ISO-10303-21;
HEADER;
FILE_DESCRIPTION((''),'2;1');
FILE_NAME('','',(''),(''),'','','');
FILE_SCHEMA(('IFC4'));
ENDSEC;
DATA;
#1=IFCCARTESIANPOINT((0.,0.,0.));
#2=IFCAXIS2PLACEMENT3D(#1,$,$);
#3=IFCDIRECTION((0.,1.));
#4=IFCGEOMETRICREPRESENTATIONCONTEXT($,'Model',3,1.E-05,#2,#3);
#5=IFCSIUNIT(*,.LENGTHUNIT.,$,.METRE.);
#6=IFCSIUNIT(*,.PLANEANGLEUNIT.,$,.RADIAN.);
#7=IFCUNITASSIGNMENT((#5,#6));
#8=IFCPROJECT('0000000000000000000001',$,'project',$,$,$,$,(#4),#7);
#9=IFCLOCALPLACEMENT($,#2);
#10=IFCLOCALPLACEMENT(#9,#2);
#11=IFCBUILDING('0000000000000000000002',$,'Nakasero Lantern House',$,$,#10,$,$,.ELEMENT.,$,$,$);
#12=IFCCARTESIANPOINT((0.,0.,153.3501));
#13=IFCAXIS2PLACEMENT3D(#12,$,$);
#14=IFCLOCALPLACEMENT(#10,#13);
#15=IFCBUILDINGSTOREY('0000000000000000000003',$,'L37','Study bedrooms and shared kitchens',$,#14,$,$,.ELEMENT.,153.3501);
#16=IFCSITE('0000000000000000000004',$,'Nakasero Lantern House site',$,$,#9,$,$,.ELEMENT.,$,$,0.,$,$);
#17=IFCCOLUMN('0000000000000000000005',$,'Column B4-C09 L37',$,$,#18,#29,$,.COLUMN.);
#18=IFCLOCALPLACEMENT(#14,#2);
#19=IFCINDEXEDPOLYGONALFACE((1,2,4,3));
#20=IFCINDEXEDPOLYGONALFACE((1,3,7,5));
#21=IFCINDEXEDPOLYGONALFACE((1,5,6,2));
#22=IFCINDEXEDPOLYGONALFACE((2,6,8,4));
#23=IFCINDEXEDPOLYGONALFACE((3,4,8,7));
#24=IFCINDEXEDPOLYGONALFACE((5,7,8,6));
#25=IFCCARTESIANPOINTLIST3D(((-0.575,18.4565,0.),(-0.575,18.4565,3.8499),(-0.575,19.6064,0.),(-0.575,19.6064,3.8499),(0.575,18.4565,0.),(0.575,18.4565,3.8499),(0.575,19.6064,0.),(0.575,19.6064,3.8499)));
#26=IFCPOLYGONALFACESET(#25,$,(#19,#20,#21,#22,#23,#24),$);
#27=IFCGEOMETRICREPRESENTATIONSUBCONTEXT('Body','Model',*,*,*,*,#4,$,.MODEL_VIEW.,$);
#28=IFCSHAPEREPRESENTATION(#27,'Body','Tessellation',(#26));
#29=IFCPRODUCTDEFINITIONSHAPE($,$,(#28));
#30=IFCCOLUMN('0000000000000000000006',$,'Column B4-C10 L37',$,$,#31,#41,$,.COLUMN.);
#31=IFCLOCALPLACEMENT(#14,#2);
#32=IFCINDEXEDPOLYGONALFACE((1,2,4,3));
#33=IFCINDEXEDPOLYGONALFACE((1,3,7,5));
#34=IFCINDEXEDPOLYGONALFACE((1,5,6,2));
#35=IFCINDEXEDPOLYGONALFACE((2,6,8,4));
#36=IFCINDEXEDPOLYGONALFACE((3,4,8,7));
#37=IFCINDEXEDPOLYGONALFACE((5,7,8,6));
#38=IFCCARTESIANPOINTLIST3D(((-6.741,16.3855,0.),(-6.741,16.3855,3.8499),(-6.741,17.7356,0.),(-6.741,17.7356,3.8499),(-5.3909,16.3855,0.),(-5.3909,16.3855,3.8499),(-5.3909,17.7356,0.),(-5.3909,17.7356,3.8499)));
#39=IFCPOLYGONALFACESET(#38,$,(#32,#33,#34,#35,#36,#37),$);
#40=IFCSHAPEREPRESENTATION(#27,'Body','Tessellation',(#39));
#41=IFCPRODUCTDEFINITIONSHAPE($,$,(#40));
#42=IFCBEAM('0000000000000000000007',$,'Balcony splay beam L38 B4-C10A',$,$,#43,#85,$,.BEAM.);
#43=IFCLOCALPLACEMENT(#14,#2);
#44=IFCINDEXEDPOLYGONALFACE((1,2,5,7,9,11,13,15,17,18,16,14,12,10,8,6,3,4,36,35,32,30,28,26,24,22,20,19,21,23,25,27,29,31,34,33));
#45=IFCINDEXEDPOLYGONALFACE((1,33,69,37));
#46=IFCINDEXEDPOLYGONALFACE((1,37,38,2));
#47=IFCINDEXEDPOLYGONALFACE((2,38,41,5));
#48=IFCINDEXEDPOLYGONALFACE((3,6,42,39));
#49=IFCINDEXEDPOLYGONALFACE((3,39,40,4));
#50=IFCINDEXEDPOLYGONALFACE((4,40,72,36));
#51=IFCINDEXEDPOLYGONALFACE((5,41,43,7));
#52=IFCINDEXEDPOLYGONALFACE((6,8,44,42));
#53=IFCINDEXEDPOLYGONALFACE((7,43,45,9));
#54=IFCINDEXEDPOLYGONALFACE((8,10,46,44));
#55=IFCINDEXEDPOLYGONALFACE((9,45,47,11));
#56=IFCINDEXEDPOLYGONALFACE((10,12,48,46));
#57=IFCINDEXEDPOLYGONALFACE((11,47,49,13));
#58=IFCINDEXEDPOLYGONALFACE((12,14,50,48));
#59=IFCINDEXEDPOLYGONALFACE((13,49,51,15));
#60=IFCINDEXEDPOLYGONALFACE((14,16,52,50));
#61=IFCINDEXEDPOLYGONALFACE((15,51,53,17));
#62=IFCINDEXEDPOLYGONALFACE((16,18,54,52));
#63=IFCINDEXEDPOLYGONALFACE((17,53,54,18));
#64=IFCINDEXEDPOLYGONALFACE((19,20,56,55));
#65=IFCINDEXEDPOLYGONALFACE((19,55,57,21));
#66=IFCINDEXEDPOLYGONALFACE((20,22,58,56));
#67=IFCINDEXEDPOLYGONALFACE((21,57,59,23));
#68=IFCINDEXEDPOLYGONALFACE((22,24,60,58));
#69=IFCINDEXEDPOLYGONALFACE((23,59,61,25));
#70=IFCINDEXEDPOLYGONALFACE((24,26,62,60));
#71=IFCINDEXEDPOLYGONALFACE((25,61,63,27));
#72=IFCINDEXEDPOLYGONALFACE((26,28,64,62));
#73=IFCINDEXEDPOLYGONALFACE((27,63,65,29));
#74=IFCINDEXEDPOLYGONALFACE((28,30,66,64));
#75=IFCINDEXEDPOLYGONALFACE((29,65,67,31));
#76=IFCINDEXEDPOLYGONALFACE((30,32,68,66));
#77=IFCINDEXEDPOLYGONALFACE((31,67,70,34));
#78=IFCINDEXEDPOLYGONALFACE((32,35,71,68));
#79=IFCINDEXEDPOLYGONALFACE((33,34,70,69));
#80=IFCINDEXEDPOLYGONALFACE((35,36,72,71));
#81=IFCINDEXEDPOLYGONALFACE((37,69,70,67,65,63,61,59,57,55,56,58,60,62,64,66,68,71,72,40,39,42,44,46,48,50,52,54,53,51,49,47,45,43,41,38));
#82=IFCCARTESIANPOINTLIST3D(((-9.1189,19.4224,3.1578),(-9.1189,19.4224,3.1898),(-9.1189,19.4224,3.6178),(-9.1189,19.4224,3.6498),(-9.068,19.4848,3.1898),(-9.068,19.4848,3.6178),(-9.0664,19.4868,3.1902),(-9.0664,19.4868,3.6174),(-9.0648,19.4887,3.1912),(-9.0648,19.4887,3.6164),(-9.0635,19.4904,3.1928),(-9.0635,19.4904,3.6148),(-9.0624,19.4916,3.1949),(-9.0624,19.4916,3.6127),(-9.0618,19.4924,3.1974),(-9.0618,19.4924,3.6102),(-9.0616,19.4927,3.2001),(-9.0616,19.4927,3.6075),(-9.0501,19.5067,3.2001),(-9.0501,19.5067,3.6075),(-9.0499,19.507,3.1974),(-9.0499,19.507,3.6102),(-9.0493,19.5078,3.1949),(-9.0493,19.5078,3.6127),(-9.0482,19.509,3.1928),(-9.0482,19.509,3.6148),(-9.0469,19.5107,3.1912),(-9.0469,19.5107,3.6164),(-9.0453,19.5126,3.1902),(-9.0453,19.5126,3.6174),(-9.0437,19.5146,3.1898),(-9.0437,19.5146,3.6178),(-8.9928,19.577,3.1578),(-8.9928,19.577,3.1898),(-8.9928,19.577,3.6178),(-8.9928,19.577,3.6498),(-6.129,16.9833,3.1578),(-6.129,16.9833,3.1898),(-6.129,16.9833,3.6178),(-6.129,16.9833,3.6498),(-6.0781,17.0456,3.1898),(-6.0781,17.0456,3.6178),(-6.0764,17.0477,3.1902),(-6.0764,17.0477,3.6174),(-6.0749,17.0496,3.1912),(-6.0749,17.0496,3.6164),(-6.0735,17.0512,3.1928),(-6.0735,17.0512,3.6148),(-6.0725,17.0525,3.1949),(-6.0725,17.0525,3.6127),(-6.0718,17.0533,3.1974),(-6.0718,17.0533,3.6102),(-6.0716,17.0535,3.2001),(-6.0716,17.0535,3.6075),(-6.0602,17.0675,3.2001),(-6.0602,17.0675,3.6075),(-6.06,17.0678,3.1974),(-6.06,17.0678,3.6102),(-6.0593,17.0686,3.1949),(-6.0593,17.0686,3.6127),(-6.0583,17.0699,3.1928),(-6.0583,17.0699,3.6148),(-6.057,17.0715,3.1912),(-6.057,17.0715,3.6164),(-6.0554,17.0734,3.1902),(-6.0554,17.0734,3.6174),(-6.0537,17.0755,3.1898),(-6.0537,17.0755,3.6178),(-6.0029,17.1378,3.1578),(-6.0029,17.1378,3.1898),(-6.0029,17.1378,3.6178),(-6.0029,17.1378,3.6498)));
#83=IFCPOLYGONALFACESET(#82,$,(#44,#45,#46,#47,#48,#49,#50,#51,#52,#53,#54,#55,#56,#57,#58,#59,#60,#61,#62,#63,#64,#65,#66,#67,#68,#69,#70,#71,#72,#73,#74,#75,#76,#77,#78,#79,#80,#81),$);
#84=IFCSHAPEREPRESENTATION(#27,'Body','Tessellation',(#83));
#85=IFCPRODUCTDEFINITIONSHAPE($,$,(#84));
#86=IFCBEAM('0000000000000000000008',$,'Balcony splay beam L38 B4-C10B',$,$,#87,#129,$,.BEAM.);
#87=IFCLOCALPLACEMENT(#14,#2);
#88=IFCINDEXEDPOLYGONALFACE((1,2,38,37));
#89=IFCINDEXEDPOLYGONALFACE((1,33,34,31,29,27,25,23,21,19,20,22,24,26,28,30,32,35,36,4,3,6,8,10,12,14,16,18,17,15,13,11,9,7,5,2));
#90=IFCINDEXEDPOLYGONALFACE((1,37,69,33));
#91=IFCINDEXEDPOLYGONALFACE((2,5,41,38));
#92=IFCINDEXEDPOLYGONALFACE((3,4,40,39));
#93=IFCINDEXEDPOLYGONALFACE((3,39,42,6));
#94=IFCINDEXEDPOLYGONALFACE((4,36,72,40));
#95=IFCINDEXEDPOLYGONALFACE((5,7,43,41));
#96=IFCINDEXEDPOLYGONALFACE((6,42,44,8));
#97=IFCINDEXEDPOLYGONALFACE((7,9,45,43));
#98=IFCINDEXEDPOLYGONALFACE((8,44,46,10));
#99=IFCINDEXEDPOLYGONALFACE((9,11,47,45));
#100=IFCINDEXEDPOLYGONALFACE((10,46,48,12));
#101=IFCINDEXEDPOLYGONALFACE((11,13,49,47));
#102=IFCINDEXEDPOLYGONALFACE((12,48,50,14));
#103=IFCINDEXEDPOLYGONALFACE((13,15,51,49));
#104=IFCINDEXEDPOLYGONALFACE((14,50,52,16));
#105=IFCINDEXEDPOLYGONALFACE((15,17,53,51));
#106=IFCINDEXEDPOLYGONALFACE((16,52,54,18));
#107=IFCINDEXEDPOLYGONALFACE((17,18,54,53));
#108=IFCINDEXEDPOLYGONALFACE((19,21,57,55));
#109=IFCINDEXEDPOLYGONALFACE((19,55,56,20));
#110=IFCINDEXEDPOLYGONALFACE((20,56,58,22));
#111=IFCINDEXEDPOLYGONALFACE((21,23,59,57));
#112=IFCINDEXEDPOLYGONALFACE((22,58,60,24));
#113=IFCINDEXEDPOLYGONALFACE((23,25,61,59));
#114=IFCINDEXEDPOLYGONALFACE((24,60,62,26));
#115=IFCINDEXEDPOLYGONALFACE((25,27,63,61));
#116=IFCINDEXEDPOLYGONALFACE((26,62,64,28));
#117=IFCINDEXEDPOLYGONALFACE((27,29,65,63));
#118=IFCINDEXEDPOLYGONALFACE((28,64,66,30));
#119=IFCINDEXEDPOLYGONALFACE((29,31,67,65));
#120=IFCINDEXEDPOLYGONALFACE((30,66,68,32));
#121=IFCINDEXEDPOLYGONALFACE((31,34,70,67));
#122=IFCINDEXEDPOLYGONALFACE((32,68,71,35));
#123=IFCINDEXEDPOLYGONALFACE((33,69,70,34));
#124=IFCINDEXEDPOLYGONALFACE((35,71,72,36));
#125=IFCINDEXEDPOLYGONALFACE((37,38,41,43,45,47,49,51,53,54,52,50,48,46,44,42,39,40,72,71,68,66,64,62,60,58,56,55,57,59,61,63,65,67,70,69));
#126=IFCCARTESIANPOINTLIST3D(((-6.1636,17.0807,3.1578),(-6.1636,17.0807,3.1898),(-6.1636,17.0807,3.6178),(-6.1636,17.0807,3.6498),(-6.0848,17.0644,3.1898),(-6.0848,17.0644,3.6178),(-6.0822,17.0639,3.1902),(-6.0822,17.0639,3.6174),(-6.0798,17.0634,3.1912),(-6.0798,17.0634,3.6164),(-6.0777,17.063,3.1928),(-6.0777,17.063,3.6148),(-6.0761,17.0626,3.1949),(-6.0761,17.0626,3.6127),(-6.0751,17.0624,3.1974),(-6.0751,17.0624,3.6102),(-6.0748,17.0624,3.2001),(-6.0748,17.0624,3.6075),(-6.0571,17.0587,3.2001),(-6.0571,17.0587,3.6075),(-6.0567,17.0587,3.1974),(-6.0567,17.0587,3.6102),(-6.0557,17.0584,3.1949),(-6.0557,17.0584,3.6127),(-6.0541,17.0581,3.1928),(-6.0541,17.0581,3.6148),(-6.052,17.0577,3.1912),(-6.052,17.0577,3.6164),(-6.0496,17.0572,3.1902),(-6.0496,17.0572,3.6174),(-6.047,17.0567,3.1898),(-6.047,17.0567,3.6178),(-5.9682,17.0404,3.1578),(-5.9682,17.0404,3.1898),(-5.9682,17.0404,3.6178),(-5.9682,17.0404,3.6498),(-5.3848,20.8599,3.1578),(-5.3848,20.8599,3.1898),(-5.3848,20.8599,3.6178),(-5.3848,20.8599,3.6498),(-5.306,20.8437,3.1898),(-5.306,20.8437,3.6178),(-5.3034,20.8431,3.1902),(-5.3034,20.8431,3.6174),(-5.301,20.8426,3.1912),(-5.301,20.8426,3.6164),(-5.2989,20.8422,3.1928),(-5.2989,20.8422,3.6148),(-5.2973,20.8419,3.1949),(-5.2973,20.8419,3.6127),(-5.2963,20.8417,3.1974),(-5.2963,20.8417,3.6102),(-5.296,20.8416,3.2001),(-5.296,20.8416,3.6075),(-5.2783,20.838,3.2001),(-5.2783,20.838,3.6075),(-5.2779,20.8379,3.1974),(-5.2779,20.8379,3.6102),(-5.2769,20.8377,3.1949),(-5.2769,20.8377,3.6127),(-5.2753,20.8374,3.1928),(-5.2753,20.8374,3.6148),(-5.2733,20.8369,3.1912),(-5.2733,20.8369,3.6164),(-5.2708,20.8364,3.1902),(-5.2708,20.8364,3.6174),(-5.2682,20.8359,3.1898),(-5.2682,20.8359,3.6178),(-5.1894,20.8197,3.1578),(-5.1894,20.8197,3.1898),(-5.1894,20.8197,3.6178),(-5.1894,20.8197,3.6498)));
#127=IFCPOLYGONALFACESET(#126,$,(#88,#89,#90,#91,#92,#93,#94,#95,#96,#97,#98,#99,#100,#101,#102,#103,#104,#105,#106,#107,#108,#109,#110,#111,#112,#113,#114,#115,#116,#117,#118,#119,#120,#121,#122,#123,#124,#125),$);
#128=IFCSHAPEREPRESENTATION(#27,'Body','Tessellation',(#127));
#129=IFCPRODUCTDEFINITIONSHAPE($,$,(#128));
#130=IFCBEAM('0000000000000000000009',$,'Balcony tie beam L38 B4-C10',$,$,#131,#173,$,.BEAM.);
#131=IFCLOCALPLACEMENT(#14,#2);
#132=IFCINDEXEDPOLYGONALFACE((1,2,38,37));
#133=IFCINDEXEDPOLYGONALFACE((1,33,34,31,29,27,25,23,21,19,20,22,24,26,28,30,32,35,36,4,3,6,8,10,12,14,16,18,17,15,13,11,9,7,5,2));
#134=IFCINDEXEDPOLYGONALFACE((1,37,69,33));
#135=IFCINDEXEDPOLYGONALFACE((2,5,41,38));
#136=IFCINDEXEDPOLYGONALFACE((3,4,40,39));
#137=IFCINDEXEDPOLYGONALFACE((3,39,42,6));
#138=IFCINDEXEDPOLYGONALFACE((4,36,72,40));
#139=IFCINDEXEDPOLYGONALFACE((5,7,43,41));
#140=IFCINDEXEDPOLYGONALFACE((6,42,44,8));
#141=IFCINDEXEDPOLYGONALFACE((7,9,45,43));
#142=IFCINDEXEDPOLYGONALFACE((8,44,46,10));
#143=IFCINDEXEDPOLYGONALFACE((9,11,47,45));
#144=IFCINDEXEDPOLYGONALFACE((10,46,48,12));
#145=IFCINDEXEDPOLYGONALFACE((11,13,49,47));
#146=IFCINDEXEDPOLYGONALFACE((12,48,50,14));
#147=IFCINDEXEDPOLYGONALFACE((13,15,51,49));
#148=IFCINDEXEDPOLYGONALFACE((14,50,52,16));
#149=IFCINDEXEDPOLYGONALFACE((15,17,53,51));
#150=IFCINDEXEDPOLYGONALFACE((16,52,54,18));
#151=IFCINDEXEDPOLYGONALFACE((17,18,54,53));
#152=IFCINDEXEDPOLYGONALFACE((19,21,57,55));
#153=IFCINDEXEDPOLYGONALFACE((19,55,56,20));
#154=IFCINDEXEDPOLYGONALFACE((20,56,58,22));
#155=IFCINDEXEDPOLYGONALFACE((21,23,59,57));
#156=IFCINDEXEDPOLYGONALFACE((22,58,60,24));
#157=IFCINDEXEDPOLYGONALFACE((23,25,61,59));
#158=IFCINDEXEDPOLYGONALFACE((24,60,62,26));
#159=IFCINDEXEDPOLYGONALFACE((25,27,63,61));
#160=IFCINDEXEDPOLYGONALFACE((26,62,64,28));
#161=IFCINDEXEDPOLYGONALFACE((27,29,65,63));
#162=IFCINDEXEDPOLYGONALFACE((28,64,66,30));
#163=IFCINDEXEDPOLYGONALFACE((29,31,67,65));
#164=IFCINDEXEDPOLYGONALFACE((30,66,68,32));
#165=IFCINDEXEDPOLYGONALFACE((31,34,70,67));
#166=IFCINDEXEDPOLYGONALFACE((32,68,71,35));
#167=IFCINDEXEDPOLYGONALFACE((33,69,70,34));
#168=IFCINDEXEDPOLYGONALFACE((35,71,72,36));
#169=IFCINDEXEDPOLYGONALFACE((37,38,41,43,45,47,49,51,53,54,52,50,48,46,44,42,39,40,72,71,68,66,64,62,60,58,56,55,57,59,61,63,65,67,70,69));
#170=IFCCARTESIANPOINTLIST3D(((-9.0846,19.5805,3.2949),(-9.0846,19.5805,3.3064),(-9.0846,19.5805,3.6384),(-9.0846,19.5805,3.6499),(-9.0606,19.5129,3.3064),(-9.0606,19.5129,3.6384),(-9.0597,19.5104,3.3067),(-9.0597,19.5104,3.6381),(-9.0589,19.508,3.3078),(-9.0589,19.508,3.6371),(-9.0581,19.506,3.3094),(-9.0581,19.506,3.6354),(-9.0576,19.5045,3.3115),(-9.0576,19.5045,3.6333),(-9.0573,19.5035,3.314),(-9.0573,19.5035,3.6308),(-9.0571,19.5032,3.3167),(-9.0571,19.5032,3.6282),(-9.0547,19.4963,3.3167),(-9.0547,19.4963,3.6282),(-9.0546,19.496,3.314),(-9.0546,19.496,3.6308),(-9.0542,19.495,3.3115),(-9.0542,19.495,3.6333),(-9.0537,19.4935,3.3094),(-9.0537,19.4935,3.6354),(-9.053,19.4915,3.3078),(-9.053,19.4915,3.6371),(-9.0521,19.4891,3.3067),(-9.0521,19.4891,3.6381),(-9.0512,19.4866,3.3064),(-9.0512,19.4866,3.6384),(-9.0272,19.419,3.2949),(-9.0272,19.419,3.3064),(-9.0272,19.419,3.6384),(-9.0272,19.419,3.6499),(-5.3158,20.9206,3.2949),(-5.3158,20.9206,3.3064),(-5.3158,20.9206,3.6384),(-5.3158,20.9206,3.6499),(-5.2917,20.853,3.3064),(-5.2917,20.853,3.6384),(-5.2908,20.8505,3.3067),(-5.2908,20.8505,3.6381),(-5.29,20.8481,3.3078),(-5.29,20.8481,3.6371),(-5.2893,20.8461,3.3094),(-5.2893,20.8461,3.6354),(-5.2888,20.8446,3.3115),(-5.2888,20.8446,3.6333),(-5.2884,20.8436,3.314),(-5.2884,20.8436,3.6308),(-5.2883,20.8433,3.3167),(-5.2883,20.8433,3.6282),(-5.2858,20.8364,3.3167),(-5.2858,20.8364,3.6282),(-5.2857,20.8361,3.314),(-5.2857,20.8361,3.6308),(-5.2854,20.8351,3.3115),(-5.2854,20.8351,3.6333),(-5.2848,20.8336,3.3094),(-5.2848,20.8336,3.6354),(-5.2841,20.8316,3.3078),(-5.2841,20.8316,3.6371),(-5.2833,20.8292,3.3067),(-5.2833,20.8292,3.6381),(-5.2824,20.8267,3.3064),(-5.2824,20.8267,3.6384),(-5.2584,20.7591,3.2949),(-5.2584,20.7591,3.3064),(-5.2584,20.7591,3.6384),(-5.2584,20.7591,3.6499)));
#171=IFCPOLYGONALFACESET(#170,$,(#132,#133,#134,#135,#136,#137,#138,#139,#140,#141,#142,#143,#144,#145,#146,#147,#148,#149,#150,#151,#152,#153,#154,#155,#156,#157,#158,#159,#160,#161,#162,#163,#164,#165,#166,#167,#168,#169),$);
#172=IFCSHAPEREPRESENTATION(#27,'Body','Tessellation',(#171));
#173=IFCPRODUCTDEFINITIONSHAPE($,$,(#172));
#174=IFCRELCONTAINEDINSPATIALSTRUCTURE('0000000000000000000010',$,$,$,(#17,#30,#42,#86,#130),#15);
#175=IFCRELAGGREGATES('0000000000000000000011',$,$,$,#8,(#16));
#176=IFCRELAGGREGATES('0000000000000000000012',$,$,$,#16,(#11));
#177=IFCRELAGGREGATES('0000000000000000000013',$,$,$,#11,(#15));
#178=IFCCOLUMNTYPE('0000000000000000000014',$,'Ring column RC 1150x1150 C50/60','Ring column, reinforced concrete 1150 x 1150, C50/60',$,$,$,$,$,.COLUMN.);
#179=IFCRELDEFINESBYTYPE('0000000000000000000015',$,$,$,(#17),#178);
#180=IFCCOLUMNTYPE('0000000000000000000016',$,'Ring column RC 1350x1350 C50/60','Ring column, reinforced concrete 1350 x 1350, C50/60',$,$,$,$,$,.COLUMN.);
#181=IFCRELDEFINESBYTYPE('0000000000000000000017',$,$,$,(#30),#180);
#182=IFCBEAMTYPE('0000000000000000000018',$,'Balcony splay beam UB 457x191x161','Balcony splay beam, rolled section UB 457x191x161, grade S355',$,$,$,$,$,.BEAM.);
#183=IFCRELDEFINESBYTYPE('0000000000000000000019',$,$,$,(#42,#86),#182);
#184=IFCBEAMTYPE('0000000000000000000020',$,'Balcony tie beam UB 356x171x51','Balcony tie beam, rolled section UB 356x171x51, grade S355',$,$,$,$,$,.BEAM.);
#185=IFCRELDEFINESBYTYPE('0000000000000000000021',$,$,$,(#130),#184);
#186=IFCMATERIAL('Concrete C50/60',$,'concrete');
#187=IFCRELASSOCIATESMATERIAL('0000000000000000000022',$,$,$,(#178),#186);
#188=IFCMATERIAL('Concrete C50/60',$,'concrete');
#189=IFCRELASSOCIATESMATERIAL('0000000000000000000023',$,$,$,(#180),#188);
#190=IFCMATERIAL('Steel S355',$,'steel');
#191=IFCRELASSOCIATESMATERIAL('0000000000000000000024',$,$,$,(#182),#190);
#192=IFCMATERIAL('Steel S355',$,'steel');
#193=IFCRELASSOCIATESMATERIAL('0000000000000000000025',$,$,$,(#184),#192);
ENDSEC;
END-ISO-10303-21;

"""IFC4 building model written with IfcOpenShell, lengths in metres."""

from ifc_helpers import new_model, si_unit, direction, frame, origin, origin_2d, place, context, subcontext, project, spatial, rectangle, i_section, extrude, material, material_profile, profile_set, type_object, element, save


model = new_model("IFC4")

# Units and contexts
model_context = context("Model", 3, precision=1e-05, world=origin(), true_north=direction((0.0, 1.0)))
body_context = subcontext(model_context, "Body", "Model", "MODEL_VIEW")
ifc_project = project(units=[si_unit("LENGTHUNIT", "METRE"), si_unit("PLANEANGLEUNIT", "RADIAN")], contexts=[model_context])

# Site, building, storey
site_placement = place(None, origin())
site = spatial("IfcSite", under=ifc_project, at=site_placement, Name="Nakasero Lantern House site", CompositionType="ELEMENT", RefElevation=0.0)
building_placement = place(site_placement, origin())
building = spatial("IfcBuilding", under=site, at=building_placement, Name="Nakasero Lantern House", CompositionType="ELEMENT")
storey_placement = place(building_placement, frame((0.0, 0.0, 153.3501)))
storey = spatial("IfcBuildingStorey", under=building, at=storey_placement, Name="L37", Description="Study bedrooms and shared kitchens", CompositionType="ELEMENT", Elevation=153.3501)

# Columns
ifc_material_1 = material(Name="Concrete C50/60", Category="concrete")
ifc_material_profile_1 = material_profile(ifc_material_1, rectangle(XDim=1.1499, YDim=1.1499, at=origin_2d()), Name="RC 1150x1150")
ifc_profile_set_1 = profile_set([ifc_material_profile_1], Name="Concrete C50/60")
column_type_1 = type_object("IfcColumnType", Name="Ring column RC 1150x1150 C50/60", Description="Ring column, reinforced concrete 1150 x 1150, C50/60", PredefinedType="COLUMN", material=ifc_profile_set_1)
column_1_placement = place(storey_placement, frame((0.0, 19.0315, 0.0), z_axis=(0.0, 0.0, 1.0), x_axis=(1.0, 0.0, 0.0)))
element("IfcColumn", 1, at=column_1_placement, inside=storey, type_object=column_type_1, Name="Column B4-C09 L37", PredefinedType="COLUMN", context=body_context, shape_type="SweptSolid", body=[
    extrude(rectangle(XDim=1.1499, YDim=1.1499, at=origin_2d()), origin(), (0.0, 0.0, 1.0), 3.8499),
])
ifc_material_2 = material(Name="Concrete C50/60", Category="concrete")
ifc_material_profile_2 = material_profile(ifc_material_2, rectangle(XDim=1.3501, YDim=1.3501, at=origin_2d()), Name="RC 1350x1350")
ifc_profile_set_2 = profile_set([ifc_material_profile_2], Name="Concrete C50/60")
column_type_2 = type_object("IfcColumnType", Name="Ring column RC 1350x1350 C50/60", Description="Ring column, reinforced concrete 1350 x 1350, C50/60", PredefinedType="COLUMN", material=ifc_profile_set_2)
column_2_placement = place(storey_placement, frame((-6.0659, 17.0605, 0.0), z_axis=(0.0, 0.0, 1.0), x_axis=(1.0, 0.0, 0.0)))
element("IfcColumn", 2, at=column_2_placement, inside=storey, type_object=column_type_2, Name="Column B4-C10 L37", PredefinedType="COLUMN", context=body_context, shape_type="SweptSolid", body=[
    extrude(rectangle(XDim=1.3501, YDim=1.3501, at=origin_2d()), origin(), (0.0, 0.0, 1.0), 3.8499),
])

# Beams
ifc_material_3 = material(Name="Steel S355", Category="steel")
ifc_material_profile_3 = material_profile(ifc_material_3, i_section(OverallWidth=0.1995, OverallDepth=0.4919, WebThickness=0.0181, FlangeThickness=0.032, FilletRadius=0.0103, at=origin_2d()), Name="UB 457x191x161")
ifc_profile_set_3 = profile_set([ifc_material_profile_3], Name="Steel S355")
beam_type_1 = type_object("IfcBeamType", Name="Balcony splay beam UB 457x191x161", Description="Balcony splay beam, rolled section UB 457x191x161, grade S355", PredefinedType="BEAM", material=ifc_profile_set_3)
for number, where, z_axis, x_axis, name in (
    (3, (-6.0659, 17.0605, 3.4038), (-0.774864, 0.632128, 0.0), (-0.632128, -0.774864, 0.0), "Balcony splay beam L38 B4-C10A"),
    (4, (-6.0659, 17.0605, 3.4038), (0.201831, 0.97942, 0.0), (-0.97942, 0.201831, 0.0), "Balcony splay beam L38 B4-C10B"),
):
    element("IfcBeam", number, at=place(storey_placement, frame(where, z_axis=z_axis, x_axis=x_axis)), inside=storey, type_object=beam_type_1, Name=name, PredefinedType="BEAM", context=body_context, shape_type="SweptSolid", body=[
        extrude(i_section(OverallWidth=0.1995, OverallDepth=0.4919, WebThickness=0.0181, FlangeThickness=0.032, FilletRadius=0.0103, at=origin_2d()), origin(), (0.0, 0.0, 1.0), 3.8586),
    ])
ifc_material_4 = material(Name="Steel S355", Category="steel")
ifc_material_profile_4 = material_profile(ifc_material_4, i_section(OverallWidth=0.1714, OverallDepth=0.355, WebThickness=0.0073, FlangeThickness=0.0115, FilletRadius=0.0103, at=origin_2d()), Name="UB 356x171x51")
ifc_profile_set_4 = profile_set([ifc_material_profile_4], Name="Steel S355")
beam_type_2 = type_object("IfcBeamType", Name="Balcony tie beam UB 356x171x51", Description="Balcony tie beam, rolled section UB 356x171x51, grade S355", PredefinedType="BEAM", material=ifc_profile_set_4)
beam_1_placement = place(storey_placement, frame((-9.0559, 19.4998, 3.4724), z_axis=(0.942209, 0.335025, 0.0), x_axis=(-0.335025, 0.942209, 0.0)))
element("IfcBeam", 5, at=beam_1_placement, inside=storey, type_object=beam_type_2, Name="Balcony tie beam L38 B4-C10", PredefinedType="BEAM", context=body_context, shape_type="SweptSolid", body=[
    extrude(i_section(OverallWidth=0.1714, OverallDepth=0.355, WebThickness=0.0073, FlangeThickness=0.0115, FilletRadius=0.0103, at=origin_2d()), origin(), (0.0, 0.0, 1.0), 4.0),
])

save(model, "model.ifc")
